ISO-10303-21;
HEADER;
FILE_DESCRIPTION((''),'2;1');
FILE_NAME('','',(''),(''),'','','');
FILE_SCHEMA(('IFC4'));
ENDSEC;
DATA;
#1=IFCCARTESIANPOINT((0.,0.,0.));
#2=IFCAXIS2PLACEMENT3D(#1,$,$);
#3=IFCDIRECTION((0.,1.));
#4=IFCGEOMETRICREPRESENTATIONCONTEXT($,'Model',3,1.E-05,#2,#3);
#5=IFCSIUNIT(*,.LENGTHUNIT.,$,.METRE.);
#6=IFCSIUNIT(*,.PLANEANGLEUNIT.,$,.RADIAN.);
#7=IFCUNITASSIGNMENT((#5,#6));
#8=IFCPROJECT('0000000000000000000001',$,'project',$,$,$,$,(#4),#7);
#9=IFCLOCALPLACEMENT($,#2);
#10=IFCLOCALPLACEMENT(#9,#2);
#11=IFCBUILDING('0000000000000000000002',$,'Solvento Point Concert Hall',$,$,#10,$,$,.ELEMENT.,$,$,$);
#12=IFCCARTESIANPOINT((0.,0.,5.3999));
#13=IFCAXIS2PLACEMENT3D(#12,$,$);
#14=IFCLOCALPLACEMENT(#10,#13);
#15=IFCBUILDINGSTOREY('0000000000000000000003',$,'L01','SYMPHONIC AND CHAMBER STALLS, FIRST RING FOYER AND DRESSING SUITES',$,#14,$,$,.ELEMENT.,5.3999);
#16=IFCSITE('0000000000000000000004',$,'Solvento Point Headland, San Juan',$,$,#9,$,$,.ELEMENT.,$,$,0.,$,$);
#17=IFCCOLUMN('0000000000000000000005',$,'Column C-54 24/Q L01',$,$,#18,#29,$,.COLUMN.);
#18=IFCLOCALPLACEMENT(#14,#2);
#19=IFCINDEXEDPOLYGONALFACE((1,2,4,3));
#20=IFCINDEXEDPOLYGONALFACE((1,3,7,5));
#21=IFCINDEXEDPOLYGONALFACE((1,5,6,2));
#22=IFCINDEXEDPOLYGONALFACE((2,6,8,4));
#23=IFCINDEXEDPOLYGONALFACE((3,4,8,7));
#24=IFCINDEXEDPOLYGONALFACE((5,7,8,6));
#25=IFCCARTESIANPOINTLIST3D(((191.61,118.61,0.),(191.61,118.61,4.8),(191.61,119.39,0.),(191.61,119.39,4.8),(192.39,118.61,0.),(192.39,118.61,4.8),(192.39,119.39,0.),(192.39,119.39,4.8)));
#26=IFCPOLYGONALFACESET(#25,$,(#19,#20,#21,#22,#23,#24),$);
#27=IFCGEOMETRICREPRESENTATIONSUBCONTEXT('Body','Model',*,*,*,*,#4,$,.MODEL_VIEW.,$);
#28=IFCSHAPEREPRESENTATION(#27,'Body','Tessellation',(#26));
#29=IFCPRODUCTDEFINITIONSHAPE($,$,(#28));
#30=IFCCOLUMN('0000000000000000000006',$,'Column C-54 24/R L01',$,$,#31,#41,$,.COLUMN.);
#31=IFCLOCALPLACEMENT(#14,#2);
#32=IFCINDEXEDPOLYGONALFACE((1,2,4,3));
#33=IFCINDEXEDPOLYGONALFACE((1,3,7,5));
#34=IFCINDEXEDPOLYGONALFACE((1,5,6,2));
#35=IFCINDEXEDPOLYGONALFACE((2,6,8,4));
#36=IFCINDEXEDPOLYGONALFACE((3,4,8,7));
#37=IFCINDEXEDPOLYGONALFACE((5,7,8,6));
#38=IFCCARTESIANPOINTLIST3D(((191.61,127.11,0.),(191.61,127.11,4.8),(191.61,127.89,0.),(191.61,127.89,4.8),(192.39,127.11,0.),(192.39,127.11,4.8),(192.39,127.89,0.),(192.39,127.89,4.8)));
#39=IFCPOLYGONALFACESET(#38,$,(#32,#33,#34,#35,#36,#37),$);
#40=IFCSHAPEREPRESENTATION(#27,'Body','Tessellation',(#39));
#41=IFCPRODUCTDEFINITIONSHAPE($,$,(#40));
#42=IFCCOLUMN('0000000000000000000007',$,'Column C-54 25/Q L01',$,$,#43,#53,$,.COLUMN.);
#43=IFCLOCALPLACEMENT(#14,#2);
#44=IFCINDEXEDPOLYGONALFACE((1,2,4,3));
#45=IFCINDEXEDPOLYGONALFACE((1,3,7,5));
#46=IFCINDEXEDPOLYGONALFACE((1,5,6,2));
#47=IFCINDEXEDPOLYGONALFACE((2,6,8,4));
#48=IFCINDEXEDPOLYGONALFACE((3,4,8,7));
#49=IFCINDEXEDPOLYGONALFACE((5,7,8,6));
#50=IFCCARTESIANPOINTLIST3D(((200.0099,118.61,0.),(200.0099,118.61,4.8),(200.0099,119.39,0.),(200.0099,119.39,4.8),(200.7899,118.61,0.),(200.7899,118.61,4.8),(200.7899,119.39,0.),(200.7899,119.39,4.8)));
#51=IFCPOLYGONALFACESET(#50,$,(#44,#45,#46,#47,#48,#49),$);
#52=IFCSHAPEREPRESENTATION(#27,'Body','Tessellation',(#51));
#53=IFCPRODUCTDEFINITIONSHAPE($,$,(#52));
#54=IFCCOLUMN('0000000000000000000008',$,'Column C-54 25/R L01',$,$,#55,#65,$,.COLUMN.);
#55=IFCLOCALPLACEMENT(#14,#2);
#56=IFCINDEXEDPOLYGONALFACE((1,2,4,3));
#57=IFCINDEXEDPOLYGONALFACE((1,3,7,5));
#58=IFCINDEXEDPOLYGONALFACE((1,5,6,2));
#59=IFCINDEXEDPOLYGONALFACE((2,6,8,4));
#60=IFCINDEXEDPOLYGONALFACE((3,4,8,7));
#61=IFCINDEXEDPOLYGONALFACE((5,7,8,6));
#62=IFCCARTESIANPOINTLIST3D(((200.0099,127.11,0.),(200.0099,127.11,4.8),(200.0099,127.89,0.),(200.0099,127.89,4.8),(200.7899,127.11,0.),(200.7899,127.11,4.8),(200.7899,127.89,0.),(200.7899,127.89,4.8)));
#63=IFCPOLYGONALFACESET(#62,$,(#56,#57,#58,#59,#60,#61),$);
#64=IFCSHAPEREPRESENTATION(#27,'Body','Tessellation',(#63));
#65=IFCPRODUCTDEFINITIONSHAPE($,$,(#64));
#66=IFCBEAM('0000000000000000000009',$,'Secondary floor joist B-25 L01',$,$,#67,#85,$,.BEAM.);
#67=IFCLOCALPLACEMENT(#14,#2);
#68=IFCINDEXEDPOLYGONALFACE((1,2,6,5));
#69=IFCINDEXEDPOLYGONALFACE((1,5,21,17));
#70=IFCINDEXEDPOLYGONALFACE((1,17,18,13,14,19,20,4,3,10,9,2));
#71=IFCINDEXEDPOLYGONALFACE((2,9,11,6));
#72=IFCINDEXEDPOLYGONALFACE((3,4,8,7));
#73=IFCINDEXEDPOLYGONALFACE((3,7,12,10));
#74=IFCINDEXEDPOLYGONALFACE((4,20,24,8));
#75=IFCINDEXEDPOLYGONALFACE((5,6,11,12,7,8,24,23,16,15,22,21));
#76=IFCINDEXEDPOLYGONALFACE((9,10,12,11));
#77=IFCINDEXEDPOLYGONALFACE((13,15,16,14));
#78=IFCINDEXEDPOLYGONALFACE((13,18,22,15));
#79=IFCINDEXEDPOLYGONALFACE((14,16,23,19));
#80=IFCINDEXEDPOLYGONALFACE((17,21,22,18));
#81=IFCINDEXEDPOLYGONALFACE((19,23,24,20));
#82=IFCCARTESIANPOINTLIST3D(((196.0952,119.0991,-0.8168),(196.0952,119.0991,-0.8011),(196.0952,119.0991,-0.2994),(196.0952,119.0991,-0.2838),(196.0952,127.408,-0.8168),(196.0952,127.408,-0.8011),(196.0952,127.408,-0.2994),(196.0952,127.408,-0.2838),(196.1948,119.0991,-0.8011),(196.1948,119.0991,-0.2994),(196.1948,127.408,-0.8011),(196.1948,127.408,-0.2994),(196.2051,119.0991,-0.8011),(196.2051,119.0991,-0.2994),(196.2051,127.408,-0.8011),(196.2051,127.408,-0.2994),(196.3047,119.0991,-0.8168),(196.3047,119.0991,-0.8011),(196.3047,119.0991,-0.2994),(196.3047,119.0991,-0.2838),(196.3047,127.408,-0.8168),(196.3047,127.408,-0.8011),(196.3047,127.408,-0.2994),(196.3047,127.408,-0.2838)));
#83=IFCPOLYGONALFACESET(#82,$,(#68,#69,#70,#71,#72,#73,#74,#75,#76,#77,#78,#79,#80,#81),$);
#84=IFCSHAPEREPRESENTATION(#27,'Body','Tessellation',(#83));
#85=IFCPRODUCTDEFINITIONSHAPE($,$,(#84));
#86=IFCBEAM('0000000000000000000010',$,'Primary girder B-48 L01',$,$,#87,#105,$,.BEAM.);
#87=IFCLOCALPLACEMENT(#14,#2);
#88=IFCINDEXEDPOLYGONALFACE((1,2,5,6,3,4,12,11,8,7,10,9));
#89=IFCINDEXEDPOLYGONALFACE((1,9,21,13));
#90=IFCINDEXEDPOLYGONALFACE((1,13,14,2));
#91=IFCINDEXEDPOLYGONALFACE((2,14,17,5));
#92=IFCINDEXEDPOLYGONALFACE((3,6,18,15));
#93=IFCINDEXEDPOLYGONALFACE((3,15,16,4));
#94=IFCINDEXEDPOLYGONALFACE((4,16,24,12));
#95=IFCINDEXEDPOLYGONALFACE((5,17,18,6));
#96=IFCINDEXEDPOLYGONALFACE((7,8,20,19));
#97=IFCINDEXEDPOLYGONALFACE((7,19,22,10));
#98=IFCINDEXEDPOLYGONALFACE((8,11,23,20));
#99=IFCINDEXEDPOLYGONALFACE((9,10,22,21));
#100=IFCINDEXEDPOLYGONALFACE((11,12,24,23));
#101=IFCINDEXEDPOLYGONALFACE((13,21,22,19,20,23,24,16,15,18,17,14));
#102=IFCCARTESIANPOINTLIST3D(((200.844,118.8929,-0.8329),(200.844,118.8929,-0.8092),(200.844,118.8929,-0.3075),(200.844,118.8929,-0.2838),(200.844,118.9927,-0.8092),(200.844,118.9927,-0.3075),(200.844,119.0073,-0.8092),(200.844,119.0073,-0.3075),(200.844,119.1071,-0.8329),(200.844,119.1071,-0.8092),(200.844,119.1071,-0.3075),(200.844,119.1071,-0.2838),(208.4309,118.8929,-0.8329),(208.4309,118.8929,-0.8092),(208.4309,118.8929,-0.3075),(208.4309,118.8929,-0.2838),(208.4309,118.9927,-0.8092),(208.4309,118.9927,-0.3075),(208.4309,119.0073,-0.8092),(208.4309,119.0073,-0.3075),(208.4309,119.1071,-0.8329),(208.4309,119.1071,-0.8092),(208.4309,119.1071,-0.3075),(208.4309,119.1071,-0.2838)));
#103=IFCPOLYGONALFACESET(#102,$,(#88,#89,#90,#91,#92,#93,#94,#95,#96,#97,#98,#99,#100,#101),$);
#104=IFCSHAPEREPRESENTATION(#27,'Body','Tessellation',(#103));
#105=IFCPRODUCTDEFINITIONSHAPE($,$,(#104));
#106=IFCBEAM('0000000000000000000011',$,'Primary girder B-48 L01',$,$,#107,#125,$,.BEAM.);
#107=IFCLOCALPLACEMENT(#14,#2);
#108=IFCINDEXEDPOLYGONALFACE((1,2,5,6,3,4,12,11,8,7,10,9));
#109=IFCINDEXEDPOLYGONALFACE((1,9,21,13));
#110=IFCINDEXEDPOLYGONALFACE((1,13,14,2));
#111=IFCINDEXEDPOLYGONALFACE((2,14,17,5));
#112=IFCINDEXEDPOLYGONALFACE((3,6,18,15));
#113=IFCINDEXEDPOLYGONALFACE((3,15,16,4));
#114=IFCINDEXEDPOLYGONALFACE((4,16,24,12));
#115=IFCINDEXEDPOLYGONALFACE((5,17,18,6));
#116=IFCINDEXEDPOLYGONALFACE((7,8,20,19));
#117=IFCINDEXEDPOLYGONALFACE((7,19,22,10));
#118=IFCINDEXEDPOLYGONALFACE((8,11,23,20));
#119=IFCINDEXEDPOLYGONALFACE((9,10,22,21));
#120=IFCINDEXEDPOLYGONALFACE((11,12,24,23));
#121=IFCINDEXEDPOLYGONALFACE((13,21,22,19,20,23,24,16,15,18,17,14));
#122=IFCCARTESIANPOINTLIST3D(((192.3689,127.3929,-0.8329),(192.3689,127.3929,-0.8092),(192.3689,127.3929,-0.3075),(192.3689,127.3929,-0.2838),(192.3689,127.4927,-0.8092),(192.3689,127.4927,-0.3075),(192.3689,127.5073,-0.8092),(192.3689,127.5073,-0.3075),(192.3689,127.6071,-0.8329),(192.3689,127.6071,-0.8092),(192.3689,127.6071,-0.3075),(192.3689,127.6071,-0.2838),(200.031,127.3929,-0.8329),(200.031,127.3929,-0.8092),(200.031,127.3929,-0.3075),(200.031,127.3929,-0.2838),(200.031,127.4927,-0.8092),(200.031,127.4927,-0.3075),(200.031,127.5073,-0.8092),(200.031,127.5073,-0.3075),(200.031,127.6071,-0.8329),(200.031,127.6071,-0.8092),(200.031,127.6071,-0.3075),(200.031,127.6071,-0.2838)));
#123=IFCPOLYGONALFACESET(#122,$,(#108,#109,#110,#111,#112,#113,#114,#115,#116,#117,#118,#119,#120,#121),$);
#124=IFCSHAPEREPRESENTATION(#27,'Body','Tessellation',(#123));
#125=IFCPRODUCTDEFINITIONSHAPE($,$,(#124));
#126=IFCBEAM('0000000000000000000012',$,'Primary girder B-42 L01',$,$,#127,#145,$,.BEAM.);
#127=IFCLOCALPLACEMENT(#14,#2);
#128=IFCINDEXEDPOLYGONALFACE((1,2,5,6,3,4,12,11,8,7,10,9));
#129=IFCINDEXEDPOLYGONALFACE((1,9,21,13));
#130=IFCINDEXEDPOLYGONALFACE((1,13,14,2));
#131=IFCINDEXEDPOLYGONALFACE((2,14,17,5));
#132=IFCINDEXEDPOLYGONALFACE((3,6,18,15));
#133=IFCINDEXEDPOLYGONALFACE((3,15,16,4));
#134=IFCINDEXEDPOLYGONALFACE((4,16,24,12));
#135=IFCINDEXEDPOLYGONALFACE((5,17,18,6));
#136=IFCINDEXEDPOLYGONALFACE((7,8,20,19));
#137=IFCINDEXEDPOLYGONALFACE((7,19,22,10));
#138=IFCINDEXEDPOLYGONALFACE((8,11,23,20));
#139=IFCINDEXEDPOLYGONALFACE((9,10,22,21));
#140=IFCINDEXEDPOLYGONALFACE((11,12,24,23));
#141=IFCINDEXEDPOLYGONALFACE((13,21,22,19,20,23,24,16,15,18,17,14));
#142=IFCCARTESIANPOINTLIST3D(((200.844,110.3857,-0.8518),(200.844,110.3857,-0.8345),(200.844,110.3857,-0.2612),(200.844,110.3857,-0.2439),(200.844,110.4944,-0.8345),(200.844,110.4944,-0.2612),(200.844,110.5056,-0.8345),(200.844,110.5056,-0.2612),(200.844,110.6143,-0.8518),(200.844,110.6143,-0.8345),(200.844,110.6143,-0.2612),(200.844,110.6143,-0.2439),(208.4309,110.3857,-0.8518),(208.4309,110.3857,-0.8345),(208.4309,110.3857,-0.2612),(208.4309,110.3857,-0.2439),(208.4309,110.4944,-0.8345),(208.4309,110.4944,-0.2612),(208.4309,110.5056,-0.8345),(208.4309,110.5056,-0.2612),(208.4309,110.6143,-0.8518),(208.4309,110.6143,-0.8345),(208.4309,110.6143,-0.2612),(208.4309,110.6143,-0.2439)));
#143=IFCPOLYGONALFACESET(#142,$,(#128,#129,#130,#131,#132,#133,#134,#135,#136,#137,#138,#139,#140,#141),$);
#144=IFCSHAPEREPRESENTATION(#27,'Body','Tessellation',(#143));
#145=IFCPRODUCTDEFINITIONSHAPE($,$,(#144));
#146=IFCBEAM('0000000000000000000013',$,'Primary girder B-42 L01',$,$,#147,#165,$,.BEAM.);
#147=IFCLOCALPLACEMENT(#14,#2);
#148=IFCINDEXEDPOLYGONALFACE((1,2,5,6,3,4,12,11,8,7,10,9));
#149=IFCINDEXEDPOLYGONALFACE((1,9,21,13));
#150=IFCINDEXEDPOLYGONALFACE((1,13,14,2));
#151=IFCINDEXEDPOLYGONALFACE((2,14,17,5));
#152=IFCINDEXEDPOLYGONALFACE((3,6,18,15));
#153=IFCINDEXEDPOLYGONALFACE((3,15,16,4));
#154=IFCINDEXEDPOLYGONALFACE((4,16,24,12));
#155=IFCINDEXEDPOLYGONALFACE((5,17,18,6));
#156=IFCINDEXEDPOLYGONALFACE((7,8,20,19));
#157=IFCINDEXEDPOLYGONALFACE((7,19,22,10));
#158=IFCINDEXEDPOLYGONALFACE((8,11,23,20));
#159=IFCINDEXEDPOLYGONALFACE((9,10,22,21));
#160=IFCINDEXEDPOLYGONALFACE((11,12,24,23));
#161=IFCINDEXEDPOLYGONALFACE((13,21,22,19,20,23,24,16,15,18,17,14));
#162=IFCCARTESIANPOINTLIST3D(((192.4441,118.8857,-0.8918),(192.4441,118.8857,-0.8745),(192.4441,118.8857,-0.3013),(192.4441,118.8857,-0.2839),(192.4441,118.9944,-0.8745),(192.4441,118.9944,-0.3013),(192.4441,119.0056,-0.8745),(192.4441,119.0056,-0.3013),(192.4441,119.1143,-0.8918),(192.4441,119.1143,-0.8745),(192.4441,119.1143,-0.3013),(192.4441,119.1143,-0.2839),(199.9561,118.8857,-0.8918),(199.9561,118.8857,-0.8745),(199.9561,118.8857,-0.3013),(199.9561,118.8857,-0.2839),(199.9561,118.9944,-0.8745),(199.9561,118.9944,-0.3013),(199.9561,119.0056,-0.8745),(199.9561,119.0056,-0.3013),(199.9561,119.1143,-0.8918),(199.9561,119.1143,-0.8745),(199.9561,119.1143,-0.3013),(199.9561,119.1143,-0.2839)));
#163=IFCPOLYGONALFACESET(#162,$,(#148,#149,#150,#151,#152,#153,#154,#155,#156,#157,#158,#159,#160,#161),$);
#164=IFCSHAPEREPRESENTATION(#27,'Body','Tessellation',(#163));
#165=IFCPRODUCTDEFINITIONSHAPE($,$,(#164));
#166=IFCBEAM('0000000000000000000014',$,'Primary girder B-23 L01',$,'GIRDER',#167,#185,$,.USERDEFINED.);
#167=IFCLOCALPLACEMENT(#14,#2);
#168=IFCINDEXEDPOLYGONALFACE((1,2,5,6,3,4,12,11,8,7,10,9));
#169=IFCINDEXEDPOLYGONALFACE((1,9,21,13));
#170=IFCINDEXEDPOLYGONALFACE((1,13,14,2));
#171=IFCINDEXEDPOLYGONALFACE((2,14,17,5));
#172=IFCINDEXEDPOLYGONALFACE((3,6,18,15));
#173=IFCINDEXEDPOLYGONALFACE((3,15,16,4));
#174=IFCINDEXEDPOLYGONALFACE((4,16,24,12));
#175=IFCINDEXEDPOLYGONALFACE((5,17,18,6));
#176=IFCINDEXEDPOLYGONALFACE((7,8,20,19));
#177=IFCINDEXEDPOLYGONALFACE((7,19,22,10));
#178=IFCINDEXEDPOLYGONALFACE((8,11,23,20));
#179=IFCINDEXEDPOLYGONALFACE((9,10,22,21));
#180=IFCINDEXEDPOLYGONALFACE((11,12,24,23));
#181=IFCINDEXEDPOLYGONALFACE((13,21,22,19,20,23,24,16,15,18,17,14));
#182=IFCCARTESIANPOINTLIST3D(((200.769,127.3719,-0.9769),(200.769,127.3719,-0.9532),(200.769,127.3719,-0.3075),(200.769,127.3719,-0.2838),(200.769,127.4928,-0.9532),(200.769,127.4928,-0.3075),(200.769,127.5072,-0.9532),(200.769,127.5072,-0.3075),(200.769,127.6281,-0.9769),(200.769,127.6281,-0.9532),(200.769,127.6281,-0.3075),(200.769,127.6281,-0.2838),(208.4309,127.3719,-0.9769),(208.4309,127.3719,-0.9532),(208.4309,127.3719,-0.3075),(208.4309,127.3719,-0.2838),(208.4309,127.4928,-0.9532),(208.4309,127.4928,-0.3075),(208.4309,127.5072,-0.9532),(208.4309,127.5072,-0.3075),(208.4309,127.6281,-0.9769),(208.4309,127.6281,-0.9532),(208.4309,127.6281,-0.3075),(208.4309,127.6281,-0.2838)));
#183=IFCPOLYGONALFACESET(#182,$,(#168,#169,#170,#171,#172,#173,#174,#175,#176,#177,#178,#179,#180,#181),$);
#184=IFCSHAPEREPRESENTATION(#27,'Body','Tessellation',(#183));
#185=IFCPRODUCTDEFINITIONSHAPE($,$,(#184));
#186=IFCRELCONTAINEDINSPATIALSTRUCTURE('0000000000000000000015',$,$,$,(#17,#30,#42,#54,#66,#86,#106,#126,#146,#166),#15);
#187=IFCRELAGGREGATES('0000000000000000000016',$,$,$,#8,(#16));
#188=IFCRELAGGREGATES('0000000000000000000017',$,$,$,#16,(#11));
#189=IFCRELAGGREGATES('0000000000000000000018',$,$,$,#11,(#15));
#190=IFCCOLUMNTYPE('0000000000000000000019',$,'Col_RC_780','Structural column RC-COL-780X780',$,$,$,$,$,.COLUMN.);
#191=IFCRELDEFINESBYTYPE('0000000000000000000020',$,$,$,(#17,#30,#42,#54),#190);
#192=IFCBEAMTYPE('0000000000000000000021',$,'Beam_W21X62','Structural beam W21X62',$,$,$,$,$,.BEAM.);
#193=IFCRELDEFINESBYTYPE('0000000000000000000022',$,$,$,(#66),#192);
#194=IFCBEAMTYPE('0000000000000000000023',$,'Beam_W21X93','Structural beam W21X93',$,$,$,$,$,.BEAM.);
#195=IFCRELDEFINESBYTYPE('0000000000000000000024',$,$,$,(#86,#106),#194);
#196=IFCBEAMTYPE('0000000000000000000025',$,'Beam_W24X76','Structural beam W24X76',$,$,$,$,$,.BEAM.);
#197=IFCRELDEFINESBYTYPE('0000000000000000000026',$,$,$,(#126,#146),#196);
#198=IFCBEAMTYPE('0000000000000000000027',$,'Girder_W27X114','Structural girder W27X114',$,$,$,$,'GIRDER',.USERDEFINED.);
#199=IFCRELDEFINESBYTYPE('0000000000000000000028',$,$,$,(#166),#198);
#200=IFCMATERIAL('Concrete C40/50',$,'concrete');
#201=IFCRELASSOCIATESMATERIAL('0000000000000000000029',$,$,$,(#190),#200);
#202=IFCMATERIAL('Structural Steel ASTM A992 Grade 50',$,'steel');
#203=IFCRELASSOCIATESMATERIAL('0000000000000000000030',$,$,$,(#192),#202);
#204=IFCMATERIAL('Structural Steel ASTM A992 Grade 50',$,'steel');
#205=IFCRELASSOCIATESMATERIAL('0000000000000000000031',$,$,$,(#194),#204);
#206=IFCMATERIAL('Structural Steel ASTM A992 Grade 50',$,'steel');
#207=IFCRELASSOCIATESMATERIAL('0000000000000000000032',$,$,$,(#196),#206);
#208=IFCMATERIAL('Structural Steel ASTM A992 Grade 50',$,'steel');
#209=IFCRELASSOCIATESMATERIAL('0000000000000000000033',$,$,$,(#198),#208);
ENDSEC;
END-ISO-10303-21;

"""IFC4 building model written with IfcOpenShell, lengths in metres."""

from ifc_helpers import new_model, si_unit, direction, frame, origin, origin_2d, place, context, subcontext, project, spatial, rectangle, i_section, extrude, material, material_profile, profile_set, type_object, element, save


model = new_model("IFC4")

# Units and contexts
model_context = context("Model", 3, precision=1e-05, world=origin(), true_north=direction((0.0, 1.0)))
body_context = subcontext(model_context, "Body", "Model", "MODEL_VIEW")
ifc_project = project(units=[si_unit("LENGTHUNIT", "METRE"), si_unit("PLANEANGLEUNIT", "RADIAN")], contexts=[model_context])

# Site, building, storey
site_placement = place(None, origin())
site = spatial("IfcSite", under=ifc_project, at=site_placement, Name="Solvento Point Headland, San Juan", CompositionType="ELEMENT", RefElevation=0.0)
building_placement = place(site_placement, origin())
building = spatial("IfcBuilding", under=site, at=building_placement, Name="Solvento Point Concert Hall", CompositionType="ELEMENT")
storey_placement = place(building_placement, frame((0.0, 0.0, 5.3999)))
storey = spatial("IfcBuildingStorey", under=building, at=storey_placement, Name="L01", Description="SYMPHONIC AND CHAMBER STALLS, FIRST RING FOYER AND DRESSING SUITES", CompositionType="ELEMENT", Elevation=5.3999)

# Columns
ifc_material_1 = material(Name="Concrete C40/50", Category="concrete")
ifc_material_profile_1 = material_profile(ifc_material_1, rectangle(XDim=0.78, YDim=0.78, at=origin_2d()), Name="RC-COL-780X780")
ifc_profile_set_1 = profile_set([ifc_material_profile_1], Name="Concrete C40/50")
column_type = type_object("IfcColumnType", Name="Col_RC_780", Description="Structural column RC-COL-780X780", PredefinedType="COLUMN", material=ifc_profile_set_1)
for number, where, z_axis, x_axis, name in (
    (1, (192.0, 119.0, 0.0), (0.0, 0.0, 1.0), (1.0, 0.0, 0.0), "Column C-54 24/Q L01"),
    (2, (192.0, 127.5, 0.0), (0.0, 0.0, 1.0), (1.0, 0.0, 0.0), "Column C-54 24/R L01"),
    (3, (200.3999, 119.0, 0.0), (0.0, 0.0, 1.0), (1.0, 0.0, 0.0), "Column C-54 25/Q L01"),
    (4, (200.3999, 127.5, 0.0), (0.0, 0.0, 1.0), (1.0, 0.0, 0.0), "Column C-54 25/R L01"),
):
    element("IfcColumn", number, at=place(storey_placement, frame(where, z_axis=z_axis, x_axis=x_axis)), inside=storey, type_object=column_type, Name=name, PredefinedType="COLUMN", context=body_context, shape_type="SweptSolid", body=[
        extrude(rectangle(XDim=0.78, YDim=0.78, at=origin_2d()), origin(), (0.0, 0.0, 1.0), 4.8),
    ])

# Beams
ifc_material_2 = material(Name="Structural Steel ASTM A992 Grade 50", Category="steel")
ifc_material_profile_2 = material_profile(ifc_material_2, i_section(OverallWidth=0.2095, OverallDepth=0.533, WebThickness=0.0103, FlangeThickness=0.0156, at=origin_2d()), Name="W21X62")
ifc_profile_set_2 = profile_set([ifc_material_profile_2], Name="Structural Steel ASTM A992 Grade 50")
beam_type_1 = type_object("IfcBeamType", Name="Beam_W21X62", Description="Structural beam W21X62", PredefinedType="BEAM", material=ifc_profile_set_2)
beam_1_placement = place(storey_placement, frame((196.2, 119.0991, -0.5503), z_axis=(0.0, 1.0, 0.0), x_axis=(-1.0, 0.0, 0.0)))
element("IfcBeam", 5, at=beam_1_placement, inside=storey, type_object=beam_type_1, Name="Secondary floor joist B-25 L01", PredefinedType="BEAM", context=body_context, shape_type="SweptSolid", body=[
    extrude(i_section(OverallWidth=0.2095, OverallDepth=0.533, WebThickness=0.0103, FlangeThickness=0.0156, at=origin_2d()), origin(), (0.0, 0.0, 1.0), 8.3088),
])
ifc_material_3 = material(Name="Structural Steel ASTM A992 Grade 50", Category="steel")
ifc_material_profile_3 = material_profile(ifc_material_3, i_section(OverallWidth=0.2141, OverallDepth=0.5491, WebThickness=0.0146, FlangeThickness=0.0237, at=origin_2d()), Name="W21X93")
ifc_profile_set_3 = profile_set([ifc_material_profile_3], Name="Structural Steel ASTM A992 Grade 50")
beam_type_2 = type_object("IfcBeamType", Name="Beam_W21X93", Description="Structural beam W21X93", PredefinedType="BEAM", material=ifc_profile_set_3)
beam_2_placement = place(storey_placement, frame((200.844, 119.0, -0.5583), z_axis=(1.0, 0.0, 0.0), x_axis=(0.0, 1.0, 0.0)))
element("IfcBeam", 6, at=beam_2_placement, inside=storey, type_object=beam_type_2, Name="Primary girder B-48 L01", PredefinedType="BEAM", context=body_context, shape_type="SweptSolid", body=[
    extrude(i_section(OverallWidth=0.2141, OverallDepth=0.5491, WebThickness=0.0146, FlangeThickness=0.0237, at=origin_2d()), origin(), (0.0, 0.0, 1.0), 7.5869),
])
beam_3_placement = place(storey_placement, frame((192.3689, 127.5, -0.5583), z_axis=(1.0, 0.0, 0.0), x_axis=(0.0, 1.0, 0.0)))
element("IfcBeam", 7, at=beam_3_placement, inside=storey, type_object=beam_type_2, Name="Primary girder B-48 L01", PredefinedType="BEAM", context=body_context, shape_type="SweptSolid", body=[
    extrude(i_section(OverallWidth=0.2141, OverallDepth=0.5491, WebThickness=0.0146, FlangeThickness=0.0237, at=origin_2d()), origin(), (0.0, 0.0, 1.0), 7.6621),
])
ifc_material_4 = material(Name="Structural Steel ASTM A992 Grade 50", Category="steel")
ifc_material_profile_4 = material_profile(ifc_material_4, i_section(OverallWidth=0.2285, OverallDepth=0.6079, WebThickness=0.0112, FlangeThickness=0.0173, at=origin_2d()), Name="W24X76")
ifc_profile_set_4 = profile_set([ifc_material_profile_4], Name="Structural Steel ASTM A992 Grade 50")
beam_type_3 = type_object("IfcBeamType", Name="Beam_W24X76", Description="Structural beam W24X76", PredefinedType="BEAM", material=ifc_profile_set_4)
beam_4_placement = place(storey_placement, frame((200.844, 110.5, -0.5479), z_axis=(1.0, 0.0, 0.0), x_axis=(0.0, 1.0, 0.0)))
element("IfcBeam", 8, at=beam_4_placement, inside=storey, type_object=beam_type_3, Name="Primary girder B-42 L01", PredefinedType="BEAM", context=body_context, shape_type="SweptSolid", body=[
    extrude(i_section(OverallWidth=0.2285, OverallDepth=0.6079, WebThickness=0.0112, FlangeThickness=0.0173, at=origin_2d()), origin(), (0.0, 0.0, 1.0), 7.5869),
])
beam_5_placement = place(storey_placement, frame((192.4441, 119.0, -0.5879), z_axis=(1.0, 0.0, 0.0), x_axis=(0.0, 1.0, 0.0)))
element("IfcBeam", 9, at=beam_5_placement, inside=storey, type_object=beam_type_3, Name="Primary girder B-42 L01", PredefinedType="BEAM", context=body_context, shape_type="SweptSolid", body=[
    extrude(i_section(OverallWidth=0.2285, OverallDepth=0.6079, WebThickness=0.0112, FlangeThickness=0.0173, at=origin_2d()), origin(), (0.0, 0.0, 1.0), 7.512),
])
ifc_material_5 = material(Name="Structural Steel ASTM A992 Grade 50", Category="steel")
ifc_material_profile_5 = material_profile(ifc_material_5, i_section(OverallWidth=0.2561, OverallDepth=0.6931, WebThickness=0.0144, FlangeThickness=0.0237, at=origin_2d()), Name="W27X114")
ifc_profile_set_5 = profile_set([ifc_material_profile_5], Name="Structural Steel ASTM A992 Grade 50")
beam_type_4 = type_object("IfcBeamType", Name="Girder_W27X114", Description="Structural girder W27X114", ElementType="GIRDER", PredefinedType="USERDEFINED", material=ifc_profile_set_5)
beam_6_placement = place(storey_placement, frame((200.769, 127.5, -0.6304), z_axis=(1.0, 0.0, 0.0), x_axis=(0.0, 1.0, 0.0)))
element("IfcBeam", 10, at=beam_6_placement, inside=storey, type_object=beam_type_4, Name="Primary girder B-23 L01", ObjectType="GIRDER", PredefinedType="USERDEFINED", context=body_context, shape_type="SweptSolid", body=[
    extrude(i_section(OverallWidth=0.2561, OverallDepth=0.6931, WebThickness=0.0144, FlangeThickness=0.0237, at=origin_2d()), origin(), (0.0, 0.0, 1.0), 7.6619),
])

save(model, "model.ifc")
